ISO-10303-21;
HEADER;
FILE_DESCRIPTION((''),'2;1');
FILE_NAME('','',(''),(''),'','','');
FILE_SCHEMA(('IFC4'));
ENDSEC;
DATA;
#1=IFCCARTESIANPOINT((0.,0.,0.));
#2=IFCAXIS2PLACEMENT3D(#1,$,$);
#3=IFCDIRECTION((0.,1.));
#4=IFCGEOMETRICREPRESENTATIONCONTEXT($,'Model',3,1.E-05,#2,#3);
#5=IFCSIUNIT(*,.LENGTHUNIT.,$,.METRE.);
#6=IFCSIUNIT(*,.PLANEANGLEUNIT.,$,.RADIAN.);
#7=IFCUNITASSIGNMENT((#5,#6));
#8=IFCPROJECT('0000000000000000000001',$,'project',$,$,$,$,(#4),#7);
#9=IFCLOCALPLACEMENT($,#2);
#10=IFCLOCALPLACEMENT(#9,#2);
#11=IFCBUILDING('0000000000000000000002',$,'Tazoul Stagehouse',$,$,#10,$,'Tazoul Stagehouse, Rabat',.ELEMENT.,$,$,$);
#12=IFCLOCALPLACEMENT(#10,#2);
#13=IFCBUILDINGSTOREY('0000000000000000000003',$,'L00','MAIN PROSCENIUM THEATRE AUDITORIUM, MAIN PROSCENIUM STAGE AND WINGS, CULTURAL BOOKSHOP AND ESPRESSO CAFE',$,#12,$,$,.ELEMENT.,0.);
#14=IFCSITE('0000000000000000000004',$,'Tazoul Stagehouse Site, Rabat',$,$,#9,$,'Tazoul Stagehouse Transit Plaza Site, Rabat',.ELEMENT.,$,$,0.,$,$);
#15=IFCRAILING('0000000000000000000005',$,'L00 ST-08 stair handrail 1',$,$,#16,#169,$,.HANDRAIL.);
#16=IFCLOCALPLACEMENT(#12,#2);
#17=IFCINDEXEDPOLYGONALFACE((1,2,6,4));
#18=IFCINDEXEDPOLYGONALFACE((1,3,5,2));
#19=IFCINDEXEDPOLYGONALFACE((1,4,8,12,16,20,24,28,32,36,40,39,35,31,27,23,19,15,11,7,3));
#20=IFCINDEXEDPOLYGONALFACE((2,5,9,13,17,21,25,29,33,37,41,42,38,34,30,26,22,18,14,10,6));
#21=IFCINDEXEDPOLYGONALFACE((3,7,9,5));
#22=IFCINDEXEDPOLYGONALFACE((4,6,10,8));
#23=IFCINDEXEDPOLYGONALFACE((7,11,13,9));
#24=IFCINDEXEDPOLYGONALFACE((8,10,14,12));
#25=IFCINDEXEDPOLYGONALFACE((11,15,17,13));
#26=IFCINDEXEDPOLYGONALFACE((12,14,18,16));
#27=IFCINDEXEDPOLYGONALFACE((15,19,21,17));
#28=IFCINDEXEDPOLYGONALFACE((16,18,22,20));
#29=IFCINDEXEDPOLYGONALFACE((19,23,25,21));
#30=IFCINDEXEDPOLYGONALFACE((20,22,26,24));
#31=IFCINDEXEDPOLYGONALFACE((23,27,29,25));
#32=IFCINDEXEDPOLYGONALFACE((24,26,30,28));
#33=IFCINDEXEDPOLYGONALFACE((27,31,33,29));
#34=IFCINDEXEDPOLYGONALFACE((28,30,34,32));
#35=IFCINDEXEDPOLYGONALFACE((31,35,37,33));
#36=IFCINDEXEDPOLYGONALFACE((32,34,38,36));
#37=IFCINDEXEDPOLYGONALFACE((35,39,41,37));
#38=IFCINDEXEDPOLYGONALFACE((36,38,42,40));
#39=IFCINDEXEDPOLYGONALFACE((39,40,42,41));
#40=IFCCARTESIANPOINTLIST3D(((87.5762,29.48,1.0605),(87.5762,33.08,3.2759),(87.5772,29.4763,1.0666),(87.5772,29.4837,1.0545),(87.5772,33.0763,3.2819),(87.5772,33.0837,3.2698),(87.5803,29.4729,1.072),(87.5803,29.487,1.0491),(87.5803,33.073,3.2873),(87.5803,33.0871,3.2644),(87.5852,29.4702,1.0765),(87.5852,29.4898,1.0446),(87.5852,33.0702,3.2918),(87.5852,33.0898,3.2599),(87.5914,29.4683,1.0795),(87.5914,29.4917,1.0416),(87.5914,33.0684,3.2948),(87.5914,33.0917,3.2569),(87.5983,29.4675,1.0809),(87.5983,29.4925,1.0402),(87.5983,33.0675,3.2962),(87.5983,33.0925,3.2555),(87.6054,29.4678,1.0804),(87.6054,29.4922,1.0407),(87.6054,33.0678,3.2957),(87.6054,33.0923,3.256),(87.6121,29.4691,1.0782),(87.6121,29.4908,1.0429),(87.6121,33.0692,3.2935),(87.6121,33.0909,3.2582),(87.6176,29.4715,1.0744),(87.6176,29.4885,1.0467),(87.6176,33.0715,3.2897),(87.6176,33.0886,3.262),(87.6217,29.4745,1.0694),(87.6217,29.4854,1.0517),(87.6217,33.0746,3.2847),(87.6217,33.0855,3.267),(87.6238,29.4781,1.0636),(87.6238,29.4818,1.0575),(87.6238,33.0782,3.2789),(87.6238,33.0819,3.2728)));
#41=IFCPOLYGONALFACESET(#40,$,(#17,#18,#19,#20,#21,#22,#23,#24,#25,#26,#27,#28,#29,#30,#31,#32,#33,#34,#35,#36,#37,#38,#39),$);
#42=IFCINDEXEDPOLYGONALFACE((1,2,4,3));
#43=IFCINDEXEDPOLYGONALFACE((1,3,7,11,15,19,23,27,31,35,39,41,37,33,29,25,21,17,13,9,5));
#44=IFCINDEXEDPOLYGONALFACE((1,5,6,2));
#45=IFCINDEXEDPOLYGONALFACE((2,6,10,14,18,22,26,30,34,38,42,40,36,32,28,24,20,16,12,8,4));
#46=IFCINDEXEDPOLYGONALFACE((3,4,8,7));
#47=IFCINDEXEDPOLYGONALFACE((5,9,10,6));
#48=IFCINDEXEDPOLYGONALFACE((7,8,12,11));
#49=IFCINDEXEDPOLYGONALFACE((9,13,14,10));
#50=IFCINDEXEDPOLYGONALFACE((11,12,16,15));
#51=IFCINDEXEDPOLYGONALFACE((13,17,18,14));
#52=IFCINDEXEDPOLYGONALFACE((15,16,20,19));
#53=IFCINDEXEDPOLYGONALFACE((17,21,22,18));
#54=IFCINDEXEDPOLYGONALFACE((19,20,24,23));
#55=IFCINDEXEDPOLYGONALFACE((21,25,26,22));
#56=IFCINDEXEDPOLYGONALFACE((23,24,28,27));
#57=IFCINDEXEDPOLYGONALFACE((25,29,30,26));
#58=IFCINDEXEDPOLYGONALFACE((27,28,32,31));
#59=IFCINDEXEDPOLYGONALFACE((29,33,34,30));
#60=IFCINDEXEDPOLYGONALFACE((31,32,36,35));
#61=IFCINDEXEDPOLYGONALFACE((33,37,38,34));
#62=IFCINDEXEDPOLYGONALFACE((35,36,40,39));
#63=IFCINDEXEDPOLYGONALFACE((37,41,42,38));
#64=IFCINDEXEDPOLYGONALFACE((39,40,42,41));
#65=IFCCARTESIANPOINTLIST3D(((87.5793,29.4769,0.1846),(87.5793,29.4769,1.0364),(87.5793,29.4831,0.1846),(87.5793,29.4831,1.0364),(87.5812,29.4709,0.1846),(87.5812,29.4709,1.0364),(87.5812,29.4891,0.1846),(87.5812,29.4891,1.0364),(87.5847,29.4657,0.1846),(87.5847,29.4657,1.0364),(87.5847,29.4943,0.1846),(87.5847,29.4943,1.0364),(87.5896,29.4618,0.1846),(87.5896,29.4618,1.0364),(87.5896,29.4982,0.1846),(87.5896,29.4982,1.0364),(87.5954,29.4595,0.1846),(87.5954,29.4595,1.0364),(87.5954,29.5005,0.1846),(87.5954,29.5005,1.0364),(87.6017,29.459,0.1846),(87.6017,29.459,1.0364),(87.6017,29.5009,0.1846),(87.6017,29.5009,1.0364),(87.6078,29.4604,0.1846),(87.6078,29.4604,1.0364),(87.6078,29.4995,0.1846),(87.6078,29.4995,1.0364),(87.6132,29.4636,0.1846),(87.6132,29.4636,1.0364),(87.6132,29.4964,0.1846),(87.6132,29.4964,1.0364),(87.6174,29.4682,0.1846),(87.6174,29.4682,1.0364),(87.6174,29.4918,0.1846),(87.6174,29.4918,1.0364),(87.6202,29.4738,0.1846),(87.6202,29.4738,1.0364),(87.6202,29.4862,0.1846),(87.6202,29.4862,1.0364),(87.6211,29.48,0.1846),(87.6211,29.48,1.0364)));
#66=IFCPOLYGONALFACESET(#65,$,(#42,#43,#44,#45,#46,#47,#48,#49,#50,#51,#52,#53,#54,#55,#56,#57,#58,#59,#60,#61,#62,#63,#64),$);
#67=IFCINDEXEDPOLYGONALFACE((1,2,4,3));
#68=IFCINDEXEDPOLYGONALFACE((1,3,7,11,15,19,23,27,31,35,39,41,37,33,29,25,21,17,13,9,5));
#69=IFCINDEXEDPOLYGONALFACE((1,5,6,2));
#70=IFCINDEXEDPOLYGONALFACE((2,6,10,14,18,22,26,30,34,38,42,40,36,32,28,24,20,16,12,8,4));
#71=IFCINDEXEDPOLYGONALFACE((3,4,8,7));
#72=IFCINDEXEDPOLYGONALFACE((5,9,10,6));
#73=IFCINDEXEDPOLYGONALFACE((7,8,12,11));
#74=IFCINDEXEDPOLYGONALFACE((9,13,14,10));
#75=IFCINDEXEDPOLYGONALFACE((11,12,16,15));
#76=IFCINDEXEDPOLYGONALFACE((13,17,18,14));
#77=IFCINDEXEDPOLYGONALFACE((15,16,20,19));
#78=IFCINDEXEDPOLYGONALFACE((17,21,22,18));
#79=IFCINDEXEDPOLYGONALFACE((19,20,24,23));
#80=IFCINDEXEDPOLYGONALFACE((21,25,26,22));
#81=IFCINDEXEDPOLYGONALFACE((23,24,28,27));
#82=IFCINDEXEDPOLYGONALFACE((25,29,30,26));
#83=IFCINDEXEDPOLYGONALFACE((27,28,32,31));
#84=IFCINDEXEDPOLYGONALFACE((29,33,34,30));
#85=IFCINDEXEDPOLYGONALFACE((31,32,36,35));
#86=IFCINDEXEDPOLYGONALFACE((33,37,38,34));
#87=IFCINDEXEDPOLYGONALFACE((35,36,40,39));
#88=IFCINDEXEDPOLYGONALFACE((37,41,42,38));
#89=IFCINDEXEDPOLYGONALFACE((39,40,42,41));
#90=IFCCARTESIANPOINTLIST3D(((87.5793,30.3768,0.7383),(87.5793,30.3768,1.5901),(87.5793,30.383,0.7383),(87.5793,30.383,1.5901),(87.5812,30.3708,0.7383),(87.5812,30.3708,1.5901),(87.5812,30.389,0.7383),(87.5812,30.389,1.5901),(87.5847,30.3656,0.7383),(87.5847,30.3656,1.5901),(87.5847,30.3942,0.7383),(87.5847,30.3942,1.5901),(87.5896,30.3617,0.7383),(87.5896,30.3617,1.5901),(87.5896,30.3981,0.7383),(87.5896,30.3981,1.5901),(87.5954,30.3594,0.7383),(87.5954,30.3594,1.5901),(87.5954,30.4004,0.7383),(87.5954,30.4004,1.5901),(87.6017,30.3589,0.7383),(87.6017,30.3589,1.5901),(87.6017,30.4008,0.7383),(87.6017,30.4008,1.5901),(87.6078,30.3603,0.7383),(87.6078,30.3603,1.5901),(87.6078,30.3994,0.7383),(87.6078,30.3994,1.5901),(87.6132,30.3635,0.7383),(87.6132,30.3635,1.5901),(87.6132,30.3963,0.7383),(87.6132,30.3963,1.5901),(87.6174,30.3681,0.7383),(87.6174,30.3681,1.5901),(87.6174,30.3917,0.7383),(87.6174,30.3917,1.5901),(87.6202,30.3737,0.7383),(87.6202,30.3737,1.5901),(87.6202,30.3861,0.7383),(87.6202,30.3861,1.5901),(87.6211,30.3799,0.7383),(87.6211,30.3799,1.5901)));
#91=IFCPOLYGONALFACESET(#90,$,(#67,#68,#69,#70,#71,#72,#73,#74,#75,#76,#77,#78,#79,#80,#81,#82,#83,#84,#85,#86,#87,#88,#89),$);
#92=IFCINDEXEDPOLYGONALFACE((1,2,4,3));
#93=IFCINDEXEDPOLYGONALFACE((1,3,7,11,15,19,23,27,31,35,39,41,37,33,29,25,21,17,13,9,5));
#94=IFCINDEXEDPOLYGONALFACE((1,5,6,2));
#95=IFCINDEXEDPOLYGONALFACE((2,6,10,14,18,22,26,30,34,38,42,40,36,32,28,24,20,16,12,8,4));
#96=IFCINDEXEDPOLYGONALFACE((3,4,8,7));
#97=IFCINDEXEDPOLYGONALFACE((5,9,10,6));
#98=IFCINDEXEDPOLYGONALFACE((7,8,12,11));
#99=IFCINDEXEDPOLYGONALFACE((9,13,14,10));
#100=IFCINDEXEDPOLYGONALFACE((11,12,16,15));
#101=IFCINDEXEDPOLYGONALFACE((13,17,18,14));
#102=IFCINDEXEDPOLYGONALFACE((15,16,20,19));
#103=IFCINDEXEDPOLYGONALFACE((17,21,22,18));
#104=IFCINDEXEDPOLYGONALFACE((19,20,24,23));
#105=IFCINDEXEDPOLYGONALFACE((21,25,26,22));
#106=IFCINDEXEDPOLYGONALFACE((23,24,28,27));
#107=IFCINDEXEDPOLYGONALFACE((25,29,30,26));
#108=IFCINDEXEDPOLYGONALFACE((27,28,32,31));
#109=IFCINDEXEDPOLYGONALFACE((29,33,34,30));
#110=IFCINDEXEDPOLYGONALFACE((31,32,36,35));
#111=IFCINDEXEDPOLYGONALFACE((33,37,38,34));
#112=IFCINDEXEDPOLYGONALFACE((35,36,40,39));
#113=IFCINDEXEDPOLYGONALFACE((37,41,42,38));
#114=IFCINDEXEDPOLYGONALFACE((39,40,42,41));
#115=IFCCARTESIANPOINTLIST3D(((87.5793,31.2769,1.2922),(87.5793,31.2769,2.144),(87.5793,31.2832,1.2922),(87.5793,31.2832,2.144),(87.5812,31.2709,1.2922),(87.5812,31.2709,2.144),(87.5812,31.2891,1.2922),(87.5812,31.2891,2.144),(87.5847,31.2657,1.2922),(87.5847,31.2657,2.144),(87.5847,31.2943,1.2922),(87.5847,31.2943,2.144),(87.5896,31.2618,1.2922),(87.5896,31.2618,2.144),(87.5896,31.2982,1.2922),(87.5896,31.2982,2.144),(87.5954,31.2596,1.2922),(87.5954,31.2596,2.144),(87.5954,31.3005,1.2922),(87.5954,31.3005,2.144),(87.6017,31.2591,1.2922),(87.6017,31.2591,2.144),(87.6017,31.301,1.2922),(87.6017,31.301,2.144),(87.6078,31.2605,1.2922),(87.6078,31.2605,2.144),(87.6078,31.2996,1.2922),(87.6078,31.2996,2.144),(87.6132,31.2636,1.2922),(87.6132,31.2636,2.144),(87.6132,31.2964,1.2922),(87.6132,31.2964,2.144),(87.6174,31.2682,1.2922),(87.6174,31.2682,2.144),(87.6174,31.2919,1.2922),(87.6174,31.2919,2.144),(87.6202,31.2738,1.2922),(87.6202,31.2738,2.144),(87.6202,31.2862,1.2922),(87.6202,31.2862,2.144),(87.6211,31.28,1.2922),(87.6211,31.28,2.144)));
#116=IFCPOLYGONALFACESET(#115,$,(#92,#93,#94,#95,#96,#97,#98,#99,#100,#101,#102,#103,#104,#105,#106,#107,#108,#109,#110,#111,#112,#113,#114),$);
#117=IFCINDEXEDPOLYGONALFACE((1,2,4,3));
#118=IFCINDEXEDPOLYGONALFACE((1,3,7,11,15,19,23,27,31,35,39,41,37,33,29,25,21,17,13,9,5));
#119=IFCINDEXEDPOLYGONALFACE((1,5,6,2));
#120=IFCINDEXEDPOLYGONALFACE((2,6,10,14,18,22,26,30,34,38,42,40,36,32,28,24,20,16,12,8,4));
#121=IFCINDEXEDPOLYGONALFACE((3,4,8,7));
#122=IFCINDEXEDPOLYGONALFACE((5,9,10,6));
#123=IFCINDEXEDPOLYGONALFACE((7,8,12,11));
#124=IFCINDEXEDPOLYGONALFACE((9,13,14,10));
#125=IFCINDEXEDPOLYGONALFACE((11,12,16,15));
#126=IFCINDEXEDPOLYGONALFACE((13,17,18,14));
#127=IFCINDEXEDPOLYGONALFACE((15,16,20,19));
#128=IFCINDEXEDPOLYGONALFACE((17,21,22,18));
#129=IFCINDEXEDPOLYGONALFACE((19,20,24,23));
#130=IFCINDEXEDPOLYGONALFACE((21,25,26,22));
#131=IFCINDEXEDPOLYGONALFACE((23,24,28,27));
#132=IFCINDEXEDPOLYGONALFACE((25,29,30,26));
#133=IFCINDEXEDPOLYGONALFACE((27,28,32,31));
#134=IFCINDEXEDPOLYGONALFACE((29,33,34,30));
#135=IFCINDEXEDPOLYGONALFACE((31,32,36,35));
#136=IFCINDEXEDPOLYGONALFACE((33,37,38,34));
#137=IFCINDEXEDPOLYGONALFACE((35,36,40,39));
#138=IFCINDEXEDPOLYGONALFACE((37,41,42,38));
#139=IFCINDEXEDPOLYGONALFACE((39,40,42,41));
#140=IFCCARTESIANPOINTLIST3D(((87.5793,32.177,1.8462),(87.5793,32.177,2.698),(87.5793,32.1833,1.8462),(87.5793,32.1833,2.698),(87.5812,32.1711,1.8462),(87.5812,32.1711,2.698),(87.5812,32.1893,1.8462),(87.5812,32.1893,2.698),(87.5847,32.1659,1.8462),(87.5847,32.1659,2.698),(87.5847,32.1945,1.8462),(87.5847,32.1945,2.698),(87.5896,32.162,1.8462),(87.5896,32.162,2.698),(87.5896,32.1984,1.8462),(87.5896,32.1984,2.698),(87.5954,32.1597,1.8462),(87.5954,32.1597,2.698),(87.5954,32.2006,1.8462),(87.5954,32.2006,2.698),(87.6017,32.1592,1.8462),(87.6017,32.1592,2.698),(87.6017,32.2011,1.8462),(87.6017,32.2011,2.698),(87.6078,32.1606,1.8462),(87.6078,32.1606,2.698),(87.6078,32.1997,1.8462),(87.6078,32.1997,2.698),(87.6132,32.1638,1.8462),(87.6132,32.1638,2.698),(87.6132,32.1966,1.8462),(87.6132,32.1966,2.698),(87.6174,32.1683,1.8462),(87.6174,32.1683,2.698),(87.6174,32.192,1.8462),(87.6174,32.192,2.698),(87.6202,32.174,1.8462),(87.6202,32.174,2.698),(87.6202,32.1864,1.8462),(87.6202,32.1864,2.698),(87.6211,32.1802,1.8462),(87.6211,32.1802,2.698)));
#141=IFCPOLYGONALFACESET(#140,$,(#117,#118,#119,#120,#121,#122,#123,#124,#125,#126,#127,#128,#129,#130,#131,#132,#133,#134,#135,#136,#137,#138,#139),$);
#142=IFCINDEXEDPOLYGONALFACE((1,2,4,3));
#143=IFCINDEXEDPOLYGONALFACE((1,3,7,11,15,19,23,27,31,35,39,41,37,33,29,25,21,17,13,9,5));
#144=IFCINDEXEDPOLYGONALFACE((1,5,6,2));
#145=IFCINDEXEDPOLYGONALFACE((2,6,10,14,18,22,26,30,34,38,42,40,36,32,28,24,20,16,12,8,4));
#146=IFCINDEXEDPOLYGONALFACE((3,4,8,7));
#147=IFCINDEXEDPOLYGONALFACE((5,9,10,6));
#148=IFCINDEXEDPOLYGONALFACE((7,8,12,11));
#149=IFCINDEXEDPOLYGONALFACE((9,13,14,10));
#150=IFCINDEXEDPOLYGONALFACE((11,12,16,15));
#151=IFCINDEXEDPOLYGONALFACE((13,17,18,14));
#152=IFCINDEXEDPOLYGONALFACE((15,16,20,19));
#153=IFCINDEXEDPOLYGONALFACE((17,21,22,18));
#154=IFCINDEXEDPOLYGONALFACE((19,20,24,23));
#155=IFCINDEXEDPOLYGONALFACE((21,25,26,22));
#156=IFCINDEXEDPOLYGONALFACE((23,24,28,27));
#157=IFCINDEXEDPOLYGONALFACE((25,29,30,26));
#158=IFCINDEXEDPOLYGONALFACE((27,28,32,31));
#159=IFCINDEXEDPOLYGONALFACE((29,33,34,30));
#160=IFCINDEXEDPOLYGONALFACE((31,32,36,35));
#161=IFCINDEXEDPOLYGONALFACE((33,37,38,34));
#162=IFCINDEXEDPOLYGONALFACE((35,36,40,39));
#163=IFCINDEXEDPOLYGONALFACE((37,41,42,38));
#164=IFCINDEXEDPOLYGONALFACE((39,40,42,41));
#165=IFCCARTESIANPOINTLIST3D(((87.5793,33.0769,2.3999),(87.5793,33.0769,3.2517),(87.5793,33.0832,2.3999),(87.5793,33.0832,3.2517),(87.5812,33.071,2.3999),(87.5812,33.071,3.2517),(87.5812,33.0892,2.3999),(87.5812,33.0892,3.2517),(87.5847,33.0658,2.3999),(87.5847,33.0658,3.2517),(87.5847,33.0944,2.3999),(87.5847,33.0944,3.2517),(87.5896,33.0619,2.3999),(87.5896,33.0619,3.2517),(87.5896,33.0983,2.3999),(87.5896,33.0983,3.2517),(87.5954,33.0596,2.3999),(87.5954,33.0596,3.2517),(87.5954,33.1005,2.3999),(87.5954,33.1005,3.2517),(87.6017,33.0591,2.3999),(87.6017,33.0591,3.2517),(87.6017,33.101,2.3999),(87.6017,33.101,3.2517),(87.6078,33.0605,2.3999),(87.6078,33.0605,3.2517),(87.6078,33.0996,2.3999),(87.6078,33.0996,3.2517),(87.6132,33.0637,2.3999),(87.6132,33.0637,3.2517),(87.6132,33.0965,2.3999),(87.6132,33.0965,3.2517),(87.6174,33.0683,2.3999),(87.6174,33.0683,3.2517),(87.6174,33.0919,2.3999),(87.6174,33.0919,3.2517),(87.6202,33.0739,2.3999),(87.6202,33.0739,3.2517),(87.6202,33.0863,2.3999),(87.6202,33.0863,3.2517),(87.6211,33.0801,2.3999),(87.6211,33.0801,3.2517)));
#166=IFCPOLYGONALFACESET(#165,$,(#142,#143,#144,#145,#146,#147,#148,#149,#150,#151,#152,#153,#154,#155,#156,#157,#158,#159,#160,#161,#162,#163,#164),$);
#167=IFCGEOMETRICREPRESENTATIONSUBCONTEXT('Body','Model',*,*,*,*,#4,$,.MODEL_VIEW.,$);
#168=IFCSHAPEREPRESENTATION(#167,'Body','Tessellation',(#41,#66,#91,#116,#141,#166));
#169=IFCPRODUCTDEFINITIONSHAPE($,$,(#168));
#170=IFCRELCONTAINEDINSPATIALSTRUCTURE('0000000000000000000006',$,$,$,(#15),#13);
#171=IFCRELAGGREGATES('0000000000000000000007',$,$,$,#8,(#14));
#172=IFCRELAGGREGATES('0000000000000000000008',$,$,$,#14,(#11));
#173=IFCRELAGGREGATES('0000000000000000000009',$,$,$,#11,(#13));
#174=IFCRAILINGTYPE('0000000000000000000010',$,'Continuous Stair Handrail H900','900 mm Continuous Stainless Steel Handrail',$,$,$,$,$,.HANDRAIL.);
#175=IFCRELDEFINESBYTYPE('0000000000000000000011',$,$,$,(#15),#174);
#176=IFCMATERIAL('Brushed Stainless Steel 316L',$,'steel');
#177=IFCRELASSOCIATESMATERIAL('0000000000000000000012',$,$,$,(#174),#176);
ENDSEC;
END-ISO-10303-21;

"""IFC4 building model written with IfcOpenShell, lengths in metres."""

from ifc_helpers import new_model, si_unit, direction, frame, origin, origin_2d, place, context, subcontext, project, spatial, circle, extrude, material, material_profile, profile_set, type_object, element, save


model = new_model("IFC4")

# Units and contexts
model_context = context("Model", 3, precision=1e-05, world=origin(), true_north=direction((0.0, 1.0)))
body_context = subcontext(model_context, "Body", "Model", "MODEL_VIEW")
ifc_project = project(units=[si_unit("LENGTHUNIT", "METRE"), si_unit("PLANEANGLEUNIT", "RADIAN")], contexts=[model_context])

# Site, building, storey
site_placement = place(None, origin())
site = spatial("IfcSite", under=ifc_project, at=site_placement, Name="Tazoul Stagehouse Site, Rabat", LongName="Tazoul Stagehouse Transit Plaza Site, Rabat", CompositionType="ELEMENT", RefElevation=0.0)
building_placement = place(site_placement, origin())
building = spatial("IfcBuilding", under=site, at=building_placement, Name="Tazoul Stagehouse", LongName="Tazoul Stagehouse, Rabat", CompositionType="ELEMENT")
storey_placement = place(building_placement, origin())
storey = spatial("IfcBuildingStorey", under=building, at=storey_placement, Name="L00", Description="MAIN PROSCENIUM THEATRE AUDITORIUM, MAIN PROSCENIUM STAGE AND WINGS, CULTURAL BOOKSHOP AND ESPRESSO CAFE", CompositionType="ELEMENT", Elevation=0.0)

# Railing
ifc_material_1 = material(Name="Brushed Stainless Steel 316L", Category="steel")
ifc_material_profile_1 = material_profile(ifc_material_1, circle(Radius=0.021, at=origin_2d()), Name="SS HANDRAIL D42")
ifc_profile_set_1 = profile_set([ifc_material_profile_1], Name="Brushed Stainless Steel 316L")
railing_type_1 = type_object("IfcRailingType", Name="Continuous Stair Handrail H900", Description="900 mm Continuous Stainless Steel Handrail", PredefinedType="HANDRAIL", material=ifc_profile_set_1)
railing_1_placement = place(storey_placement, frame((87.6001, 29.48, 0.1846)))
element("IfcRailing", 1, at=railing_1_placement, inside=storey, type_object=railing_type_1, Name="L00 ST-08 stair handrail 1", PredefinedType="HANDRAIL", context=body_context, shape_type="SweptSolid", body=[
    extrude(circle(Radius=0.0239, at=origin_2d()), frame((0.0, 0.0, 0.876), z_axis=(0.0, 0.85167, 0.524078), x_axis=(-1.0, 0.0, 0.0)), (0.0, 0.0, 1.0), 4.2271),
    extrude(circle(Radius=0.021, at=origin_2d()), origin(), (0.0, 0.0, 1.0), 0.8518),
    extrude(circle(Radius=0.021, at=origin_2d()), frame((0.0, 0.8999, 0.5537)), (0.0, 0.0, 1.0), 0.8518),
    extrude(circle(Radius=0.021, at=origin_2d()), frame((0.0, 1.8, 1.1077)), (0.0, 0.0, 1.0), 0.8518),
    extrude(circle(Radius=0.021, at=origin_2d()), frame((0.0, 2.7002, 1.6616)), (0.0, 0.0, 1.0), 0.8518),
    extrude(circle(Radius=0.021, at=origin_2d()), frame((0.0, 3.6001, 2.2153)), (0.0, 0.0, 1.0), 0.8518),
])

save(model, "model.ifc")
